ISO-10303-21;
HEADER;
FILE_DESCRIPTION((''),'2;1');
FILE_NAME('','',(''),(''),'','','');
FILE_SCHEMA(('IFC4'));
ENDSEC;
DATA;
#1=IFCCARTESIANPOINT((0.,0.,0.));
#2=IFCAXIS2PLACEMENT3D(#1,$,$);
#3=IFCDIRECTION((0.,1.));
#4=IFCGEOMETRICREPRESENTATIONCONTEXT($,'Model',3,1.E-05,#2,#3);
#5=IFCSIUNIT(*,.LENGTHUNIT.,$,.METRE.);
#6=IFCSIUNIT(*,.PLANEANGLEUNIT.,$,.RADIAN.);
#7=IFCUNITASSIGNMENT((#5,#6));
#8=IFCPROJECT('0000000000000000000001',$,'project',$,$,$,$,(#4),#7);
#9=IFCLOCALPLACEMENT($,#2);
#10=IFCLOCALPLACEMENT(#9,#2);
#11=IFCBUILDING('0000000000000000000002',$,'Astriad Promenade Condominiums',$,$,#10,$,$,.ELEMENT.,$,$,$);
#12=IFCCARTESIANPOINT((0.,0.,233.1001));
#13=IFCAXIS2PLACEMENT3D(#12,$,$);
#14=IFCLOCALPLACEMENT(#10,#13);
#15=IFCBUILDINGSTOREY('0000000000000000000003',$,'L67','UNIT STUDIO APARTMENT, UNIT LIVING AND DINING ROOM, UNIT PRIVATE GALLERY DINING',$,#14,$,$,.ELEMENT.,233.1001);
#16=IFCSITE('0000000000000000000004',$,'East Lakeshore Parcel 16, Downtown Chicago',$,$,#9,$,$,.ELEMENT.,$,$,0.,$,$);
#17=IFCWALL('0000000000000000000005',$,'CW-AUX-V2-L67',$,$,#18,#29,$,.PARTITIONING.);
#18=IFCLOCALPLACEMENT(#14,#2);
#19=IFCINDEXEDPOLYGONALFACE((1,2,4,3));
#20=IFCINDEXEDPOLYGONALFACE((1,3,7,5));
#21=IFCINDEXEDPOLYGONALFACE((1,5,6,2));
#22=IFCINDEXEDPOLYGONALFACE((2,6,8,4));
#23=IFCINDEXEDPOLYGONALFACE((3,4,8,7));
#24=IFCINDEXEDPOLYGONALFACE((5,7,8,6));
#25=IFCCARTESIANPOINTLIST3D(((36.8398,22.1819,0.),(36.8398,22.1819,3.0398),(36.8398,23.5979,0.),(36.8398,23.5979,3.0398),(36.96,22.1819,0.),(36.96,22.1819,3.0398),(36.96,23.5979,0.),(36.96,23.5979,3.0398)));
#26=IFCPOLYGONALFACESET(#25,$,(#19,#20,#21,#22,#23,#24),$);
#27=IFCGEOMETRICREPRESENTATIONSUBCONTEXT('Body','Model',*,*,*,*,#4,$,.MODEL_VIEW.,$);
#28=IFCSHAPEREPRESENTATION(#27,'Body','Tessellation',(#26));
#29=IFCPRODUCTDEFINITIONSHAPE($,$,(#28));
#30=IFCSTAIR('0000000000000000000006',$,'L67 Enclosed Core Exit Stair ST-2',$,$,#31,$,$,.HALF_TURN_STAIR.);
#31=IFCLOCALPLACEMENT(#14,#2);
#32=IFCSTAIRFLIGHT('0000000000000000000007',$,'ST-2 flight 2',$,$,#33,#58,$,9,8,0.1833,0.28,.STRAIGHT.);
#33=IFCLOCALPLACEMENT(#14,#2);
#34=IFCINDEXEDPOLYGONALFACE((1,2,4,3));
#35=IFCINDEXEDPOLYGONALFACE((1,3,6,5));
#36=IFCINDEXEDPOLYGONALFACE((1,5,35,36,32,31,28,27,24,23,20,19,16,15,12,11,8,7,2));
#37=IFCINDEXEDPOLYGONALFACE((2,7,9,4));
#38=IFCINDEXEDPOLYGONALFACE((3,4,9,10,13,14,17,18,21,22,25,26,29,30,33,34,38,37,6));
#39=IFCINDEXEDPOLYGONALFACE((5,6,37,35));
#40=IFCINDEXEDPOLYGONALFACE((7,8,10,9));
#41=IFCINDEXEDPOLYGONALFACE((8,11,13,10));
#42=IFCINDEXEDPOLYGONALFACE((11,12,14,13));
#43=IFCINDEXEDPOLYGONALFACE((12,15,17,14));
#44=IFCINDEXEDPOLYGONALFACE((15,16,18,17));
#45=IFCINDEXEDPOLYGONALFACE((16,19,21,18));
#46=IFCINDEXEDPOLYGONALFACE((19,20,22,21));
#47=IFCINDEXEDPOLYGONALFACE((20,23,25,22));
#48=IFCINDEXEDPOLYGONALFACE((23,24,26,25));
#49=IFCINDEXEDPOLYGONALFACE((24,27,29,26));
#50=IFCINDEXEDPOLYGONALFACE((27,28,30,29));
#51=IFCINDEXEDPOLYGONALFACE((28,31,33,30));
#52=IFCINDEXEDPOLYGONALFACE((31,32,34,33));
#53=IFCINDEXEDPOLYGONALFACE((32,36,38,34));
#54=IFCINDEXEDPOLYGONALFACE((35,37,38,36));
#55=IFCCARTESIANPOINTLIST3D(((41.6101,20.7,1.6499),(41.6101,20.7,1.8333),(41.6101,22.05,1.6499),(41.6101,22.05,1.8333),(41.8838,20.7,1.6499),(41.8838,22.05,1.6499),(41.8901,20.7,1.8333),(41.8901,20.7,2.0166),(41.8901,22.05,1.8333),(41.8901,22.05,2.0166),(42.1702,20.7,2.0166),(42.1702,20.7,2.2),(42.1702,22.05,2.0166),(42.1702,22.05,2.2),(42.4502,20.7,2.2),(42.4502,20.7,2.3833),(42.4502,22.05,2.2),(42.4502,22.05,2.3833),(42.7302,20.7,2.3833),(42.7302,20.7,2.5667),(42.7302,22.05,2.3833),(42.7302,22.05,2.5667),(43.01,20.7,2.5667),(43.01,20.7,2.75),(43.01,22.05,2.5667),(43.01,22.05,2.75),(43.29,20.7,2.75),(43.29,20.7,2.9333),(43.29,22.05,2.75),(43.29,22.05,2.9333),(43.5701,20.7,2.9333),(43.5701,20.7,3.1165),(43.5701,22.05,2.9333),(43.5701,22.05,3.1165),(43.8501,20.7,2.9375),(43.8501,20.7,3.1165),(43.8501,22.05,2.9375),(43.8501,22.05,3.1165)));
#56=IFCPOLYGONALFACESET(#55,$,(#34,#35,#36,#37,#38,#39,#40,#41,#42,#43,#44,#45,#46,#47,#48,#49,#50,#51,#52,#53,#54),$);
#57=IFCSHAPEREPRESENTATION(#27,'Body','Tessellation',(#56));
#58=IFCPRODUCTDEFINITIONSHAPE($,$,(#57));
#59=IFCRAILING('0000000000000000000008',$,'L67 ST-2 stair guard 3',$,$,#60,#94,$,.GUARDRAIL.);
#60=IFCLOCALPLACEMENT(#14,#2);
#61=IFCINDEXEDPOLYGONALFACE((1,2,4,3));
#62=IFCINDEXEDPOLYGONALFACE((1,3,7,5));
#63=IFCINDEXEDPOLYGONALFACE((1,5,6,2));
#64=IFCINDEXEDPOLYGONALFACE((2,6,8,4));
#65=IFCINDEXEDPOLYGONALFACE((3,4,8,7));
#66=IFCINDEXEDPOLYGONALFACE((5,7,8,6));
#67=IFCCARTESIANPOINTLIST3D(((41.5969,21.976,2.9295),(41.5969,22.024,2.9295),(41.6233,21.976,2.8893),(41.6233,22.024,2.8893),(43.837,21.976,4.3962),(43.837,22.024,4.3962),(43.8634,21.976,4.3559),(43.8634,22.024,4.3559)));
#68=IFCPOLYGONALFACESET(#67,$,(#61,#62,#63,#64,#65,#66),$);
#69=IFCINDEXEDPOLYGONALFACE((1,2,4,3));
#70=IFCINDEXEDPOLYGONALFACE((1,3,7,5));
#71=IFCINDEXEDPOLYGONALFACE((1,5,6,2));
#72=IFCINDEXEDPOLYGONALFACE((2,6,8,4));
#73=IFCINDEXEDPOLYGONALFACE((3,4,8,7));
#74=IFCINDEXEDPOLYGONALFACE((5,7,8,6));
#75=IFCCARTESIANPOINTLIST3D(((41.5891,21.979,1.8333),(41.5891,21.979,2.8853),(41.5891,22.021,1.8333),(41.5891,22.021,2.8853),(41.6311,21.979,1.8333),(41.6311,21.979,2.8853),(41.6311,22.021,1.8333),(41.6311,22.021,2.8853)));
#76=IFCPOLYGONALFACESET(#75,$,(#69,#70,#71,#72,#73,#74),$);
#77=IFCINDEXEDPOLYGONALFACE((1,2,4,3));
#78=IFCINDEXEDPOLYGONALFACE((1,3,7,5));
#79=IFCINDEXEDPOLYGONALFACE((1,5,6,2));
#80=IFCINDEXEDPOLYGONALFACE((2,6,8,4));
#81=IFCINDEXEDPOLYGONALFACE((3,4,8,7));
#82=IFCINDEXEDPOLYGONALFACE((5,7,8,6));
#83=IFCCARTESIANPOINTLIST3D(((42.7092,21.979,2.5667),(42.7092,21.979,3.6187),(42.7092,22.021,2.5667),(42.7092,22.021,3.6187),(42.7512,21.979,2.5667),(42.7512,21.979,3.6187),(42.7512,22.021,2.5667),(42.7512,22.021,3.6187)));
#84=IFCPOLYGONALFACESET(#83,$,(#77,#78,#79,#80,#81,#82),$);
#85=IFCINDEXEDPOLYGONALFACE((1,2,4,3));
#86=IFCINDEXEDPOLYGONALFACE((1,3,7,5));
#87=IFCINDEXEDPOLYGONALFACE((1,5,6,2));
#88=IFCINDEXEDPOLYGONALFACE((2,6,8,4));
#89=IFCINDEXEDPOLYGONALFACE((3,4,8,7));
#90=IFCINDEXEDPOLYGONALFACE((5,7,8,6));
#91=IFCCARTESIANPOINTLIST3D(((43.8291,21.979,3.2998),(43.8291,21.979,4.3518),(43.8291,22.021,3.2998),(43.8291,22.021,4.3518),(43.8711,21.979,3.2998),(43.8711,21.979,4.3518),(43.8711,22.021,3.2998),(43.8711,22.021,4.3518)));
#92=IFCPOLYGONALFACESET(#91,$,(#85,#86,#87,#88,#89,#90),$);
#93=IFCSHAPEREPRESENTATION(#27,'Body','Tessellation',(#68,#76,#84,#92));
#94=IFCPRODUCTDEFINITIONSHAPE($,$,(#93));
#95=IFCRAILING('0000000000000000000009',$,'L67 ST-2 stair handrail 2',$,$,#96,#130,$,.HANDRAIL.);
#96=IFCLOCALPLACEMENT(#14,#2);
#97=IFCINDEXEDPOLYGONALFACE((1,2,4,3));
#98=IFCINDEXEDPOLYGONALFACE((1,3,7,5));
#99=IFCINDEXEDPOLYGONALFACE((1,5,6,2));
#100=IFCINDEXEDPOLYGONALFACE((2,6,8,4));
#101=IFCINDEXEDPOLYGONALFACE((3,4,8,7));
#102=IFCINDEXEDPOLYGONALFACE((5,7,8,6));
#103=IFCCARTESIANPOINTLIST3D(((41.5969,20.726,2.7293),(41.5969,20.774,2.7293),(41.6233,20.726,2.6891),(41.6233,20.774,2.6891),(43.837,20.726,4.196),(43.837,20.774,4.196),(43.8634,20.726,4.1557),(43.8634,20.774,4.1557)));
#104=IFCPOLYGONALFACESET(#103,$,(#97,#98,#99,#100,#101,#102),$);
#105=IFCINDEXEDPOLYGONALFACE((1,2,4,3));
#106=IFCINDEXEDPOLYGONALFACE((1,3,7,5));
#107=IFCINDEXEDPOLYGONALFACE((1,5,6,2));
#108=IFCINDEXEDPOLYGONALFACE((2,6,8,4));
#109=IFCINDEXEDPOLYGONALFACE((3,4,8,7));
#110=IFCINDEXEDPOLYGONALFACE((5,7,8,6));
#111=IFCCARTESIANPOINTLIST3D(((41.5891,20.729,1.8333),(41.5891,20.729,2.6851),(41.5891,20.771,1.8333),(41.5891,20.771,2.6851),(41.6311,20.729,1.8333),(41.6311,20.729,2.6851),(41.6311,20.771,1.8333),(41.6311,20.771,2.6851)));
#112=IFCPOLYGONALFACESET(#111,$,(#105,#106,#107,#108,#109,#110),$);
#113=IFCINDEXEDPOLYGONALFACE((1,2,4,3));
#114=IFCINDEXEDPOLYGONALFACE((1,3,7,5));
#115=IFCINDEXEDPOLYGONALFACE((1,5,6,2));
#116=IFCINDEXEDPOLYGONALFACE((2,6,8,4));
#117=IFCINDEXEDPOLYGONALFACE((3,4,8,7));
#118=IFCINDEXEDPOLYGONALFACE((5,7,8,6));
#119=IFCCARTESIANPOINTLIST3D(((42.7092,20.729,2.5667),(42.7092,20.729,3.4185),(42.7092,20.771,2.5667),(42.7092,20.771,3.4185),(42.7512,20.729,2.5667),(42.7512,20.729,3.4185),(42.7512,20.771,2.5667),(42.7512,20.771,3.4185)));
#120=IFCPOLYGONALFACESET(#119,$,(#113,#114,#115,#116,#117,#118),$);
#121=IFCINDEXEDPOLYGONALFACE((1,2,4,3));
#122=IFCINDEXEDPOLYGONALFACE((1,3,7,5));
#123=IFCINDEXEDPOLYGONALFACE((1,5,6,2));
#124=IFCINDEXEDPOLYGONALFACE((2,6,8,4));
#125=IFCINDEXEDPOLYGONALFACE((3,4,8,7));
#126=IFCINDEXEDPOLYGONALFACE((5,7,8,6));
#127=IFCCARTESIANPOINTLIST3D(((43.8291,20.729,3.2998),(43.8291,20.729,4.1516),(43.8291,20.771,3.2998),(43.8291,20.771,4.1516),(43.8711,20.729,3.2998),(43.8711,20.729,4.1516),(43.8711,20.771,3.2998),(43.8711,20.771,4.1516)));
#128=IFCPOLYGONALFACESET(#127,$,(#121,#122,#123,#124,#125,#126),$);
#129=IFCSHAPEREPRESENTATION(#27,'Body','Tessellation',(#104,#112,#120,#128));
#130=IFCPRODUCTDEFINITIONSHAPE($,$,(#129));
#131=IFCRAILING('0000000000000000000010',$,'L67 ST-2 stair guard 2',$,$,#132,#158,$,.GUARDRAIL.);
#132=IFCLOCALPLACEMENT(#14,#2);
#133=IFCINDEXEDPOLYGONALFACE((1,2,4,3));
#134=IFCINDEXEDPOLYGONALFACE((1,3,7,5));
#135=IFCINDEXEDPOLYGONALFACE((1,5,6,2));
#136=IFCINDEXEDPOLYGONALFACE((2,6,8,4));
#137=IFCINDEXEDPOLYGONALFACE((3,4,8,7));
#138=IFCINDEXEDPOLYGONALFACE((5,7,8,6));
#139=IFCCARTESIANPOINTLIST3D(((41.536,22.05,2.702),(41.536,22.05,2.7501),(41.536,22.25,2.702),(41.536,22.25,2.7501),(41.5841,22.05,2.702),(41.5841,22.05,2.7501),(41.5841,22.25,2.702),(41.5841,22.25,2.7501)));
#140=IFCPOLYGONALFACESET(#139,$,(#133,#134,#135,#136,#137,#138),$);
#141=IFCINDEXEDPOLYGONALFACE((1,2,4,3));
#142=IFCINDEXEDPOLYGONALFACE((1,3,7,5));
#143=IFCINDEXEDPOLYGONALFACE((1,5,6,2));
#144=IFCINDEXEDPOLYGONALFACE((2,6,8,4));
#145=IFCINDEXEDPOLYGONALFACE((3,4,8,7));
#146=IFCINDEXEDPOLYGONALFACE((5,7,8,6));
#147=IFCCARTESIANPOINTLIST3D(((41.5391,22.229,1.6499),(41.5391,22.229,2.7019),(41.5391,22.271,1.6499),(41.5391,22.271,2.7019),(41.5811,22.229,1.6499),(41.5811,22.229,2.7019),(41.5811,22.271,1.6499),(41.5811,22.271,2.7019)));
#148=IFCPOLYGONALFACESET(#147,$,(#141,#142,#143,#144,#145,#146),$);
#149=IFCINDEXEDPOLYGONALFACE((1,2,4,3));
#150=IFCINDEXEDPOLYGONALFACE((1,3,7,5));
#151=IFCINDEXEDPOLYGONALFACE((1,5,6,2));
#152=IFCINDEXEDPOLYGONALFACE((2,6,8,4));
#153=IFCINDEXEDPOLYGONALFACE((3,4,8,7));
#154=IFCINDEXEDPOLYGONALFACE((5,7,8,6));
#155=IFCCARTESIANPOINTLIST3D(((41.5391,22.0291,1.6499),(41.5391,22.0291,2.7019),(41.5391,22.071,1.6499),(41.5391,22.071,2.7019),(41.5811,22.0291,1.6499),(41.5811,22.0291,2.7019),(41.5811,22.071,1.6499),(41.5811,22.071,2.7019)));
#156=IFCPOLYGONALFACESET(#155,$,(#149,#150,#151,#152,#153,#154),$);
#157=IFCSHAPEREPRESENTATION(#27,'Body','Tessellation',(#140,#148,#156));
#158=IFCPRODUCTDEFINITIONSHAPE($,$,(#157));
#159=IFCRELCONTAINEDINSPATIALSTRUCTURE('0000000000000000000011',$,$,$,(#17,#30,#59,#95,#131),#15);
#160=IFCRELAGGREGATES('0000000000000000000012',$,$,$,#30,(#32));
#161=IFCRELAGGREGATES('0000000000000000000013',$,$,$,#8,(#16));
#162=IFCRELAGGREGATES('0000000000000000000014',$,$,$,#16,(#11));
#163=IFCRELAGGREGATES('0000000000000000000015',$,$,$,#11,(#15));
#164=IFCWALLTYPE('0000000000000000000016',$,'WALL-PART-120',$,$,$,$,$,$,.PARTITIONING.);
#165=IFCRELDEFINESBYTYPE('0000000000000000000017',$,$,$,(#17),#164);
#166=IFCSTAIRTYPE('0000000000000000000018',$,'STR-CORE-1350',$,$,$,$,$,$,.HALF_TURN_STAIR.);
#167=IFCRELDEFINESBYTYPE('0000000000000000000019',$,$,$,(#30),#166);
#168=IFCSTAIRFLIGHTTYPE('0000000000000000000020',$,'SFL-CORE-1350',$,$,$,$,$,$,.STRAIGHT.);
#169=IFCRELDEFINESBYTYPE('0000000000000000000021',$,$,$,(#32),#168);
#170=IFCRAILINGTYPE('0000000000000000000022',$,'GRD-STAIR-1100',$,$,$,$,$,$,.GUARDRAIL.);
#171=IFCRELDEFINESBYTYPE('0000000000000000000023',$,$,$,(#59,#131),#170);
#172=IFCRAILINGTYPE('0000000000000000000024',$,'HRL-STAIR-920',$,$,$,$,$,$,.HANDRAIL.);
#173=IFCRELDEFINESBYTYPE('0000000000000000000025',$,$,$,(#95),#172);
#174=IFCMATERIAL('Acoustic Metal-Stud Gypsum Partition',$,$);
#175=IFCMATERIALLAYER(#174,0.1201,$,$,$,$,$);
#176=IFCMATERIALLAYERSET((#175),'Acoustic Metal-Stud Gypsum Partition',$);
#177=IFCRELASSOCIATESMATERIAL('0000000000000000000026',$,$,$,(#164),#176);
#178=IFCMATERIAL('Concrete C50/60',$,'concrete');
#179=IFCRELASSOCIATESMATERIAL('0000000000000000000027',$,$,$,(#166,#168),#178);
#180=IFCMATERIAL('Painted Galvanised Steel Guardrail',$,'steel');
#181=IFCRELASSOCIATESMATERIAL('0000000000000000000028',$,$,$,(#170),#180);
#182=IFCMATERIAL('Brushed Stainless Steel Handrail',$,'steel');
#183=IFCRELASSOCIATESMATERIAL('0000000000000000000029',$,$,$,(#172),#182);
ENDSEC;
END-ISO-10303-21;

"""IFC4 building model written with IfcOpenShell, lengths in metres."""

from ifc_helpers import new_model, si_unit, direction, frame, frame_2d, origin, origin_2d, place, context, subcontext, project, spatial, polyline, rectangle, outline, extrude, source, transform, mapped, material, layer, layer_set, type_object, type_shapes, element, aggregate, save


model = new_model("IFC4")

# Units and contexts
model_context = context("Model", 3, precision=1e-05, world=origin(), true_north=direction((0.0, 1.0)))
body_context = subcontext(model_context, "Body", "Model", "MODEL_VIEW")
ifc_project = project(units=[si_unit("LENGTHUNIT", "METRE"), si_unit("PLANEANGLEUNIT", "RADIAN")], contexts=[model_context])

# Site, building, storey
site_placement = place(None, origin())
site = spatial("IfcSite", under=ifc_project, at=site_placement, Name="East Lakeshore Parcel 16, Downtown Chicago", CompositionType="ELEMENT", RefElevation=0.0)
building_placement = place(site_placement, origin())
building = spatial("IfcBuilding", under=site, at=building_placement, Name="Astriad Promenade Condominiums", CompositionType="ELEMENT")
storey_placement = place(building_placement, frame((0.0, 0.0, 233.1001)))
storey = spatial("IfcBuildingStorey", under=building, at=storey_placement, Name="L67", Description="UNIT STUDIO APARTMENT, UNIT LIVING AND DINING ROOM, UNIT PRIVATE GALLERY DINING", CompositionType="ELEMENT", Elevation=233.1001)

# Shared definitions
ifc_material_1 = material(Name="Concrete C50/60", Category="concrete")

# Wall
ifc_material_2 = material(Name="Acoustic Metal-Stud Gypsum Partition")
ifc_layer_1 = layer(ifc_material_2, 0.1201)
ifc_layer_set_1 = layer_set([ifc_layer_1], Name="Acoustic Metal-Stud Gypsum Partition")
wall_type_1 = type_object("IfcWallType", Name="WALL-PART-120", PredefinedType="PARTITIONING", material=ifc_layer_set_1)
wall_1_placement = place(storey_placement, frame((36.8999, 22.1819, 0.0), z_axis=(0.0, 0.0, 1.0), x_axis=(0.0, 1.0, 0.0)))
element("IfcWall", 1, at=wall_1_placement, inside=storey, type_object=wall_type_1, Name="CW-AUX-V2-L67", PredefinedType="PARTITIONING", context=body_context, shape_type="SweptSolid", body=[
    extrude(rectangle(XDim=1.416, YDim=0.1201, at=frame_2d((0.708, 0.0))), origin(), (0.0, 0.0, 1.0), 3.0398),
])

# Stair, stair flight
stair_type = type_object("IfcStairType", Name="STR-CORE-1350", PredefinedType="HALF_TURN_STAIR", material=ifc_material_1)
stair_placement = place(storey_placement, origin())
stair = element("IfcStair", 2, at=stair_placement, inside=storey, type_object=stair_type, Name="L67 Enclosed Core Exit Stair ST-2", PredefinedType="HALF_TURN_STAIR")
stair_flight_type = type_object("IfcStairFlightType", Name="SFL-CORE-1350", PredefinedType="STRAIGHT", material=ifc_material_1)
shared_shape_1 = source(origin(), body_context, "Body", "SweptSolid", [
    extrude(outline(polyline([(0.0, 0.0), (0.0, 0.1833), (0.28, 0.1833), (0.28, 0.3667), (0.5601, 0.3667), (0.5601, 0.55), (0.8401, 0.55), (0.8401, 0.7334), (1.1201, 0.7334), (1.1201, 0.9167), (1.3999, 0.9167), (1.3999, 1.1001), (1.6799, 1.1001), (1.6799, 1.2834), (1.96, 1.2834), (1.96, 1.4666), (2.24, 1.4666), (2.24, 1.6499), (2.24, 1.2876), (0.2737, 0.0), (0.0, 0.0)])), frame((0.0, 0.675, 0.0), z_axis=(0.0, -1.0, 0.0), x_axis=(1.0, 0.0, 0.0)), (0.0, 0.0, 1.0), 1.3501),
])
type_shapes(stair_flight_type, [shared_shape_1])
stair_flight_placement = place(storey_placement, frame((41.6101, 21.375, 1.6499), z_axis=(0.0, 0.0, 1.0), x_axis=(1.0, 0.0, 0.0)))
stair_flight = element("IfcStairFlight", 3, at=stair_flight_placement, type_object=stair_flight_type, Name="ST-2 flight 2", NumberOfRisers=9, NumberOfTreads=8, PredefinedType="STRAIGHT", RiserHeight=0.1833, TreadLength=0.28, context=body_context, shape_type="MappedRepresentation", body=[
    mapped(shared_shape_1, transform((0.0, 0.0, 0.0), scale=1.0)),
])
aggregate(stair, [stair_flight])

# Railings
ifc_material_3 = material(Name="Painted Galvanised Steel Guardrail", Category="steel")
railing_type_1 = type_object("IfcRailingType", Name="GRD-STAIR-1100", PredefinedType="GUARDRAIL", material=ifc_material_3)
shared_shape_2 = source(origin(), body_context, "Body", "SweptSolid", [
    extrude(rectangle(XDim=0.0481, YDim=0.0481, at=origin_2d()), frame((0.0, 0.0, 1.0762), z_axis=(0.836637, 0.0, 0.547758), x_axis=(0.0, 1.0, 0.0)), (0.0, 0.0, 1.0), 2.6775),
    extrude(rectangle(XDim=0.042, YDim=0.042, at=origin_2d()), origin(), (0.0, 0.0, 1.0), 1.052),
    extrude(rectangle(XDim=0.042, YDim=0.042, at=origin_2d()), frame((1.1201, 0.0, 0.7334)), (0.0, 0.0, 1.0), 1.052),
    extrude(rectangle(XDim=0.042, YDim=0.042, at=origin_2d()), frame((2.24, 0.0, 1.4666)), (0.0, 0.0, 1.0), 1.052),
])
railing_1_placement = place(storey_placement, frame((41.6101, 22.0, 1.8333)))
element("IfcRailing", 4, at=railing_1_placement, inside=storey, type_object=railing_type_1, Name="L67 ST-2 stair guard 3", PredefinedType="GUARDRAIL", context=body_context, shape_type="MappedRepresentation", body=[
    mapped(shared_shape_2, transform((0.0, 0.0, 0.0), scale=1.0)),
])
ifc_material_4 = material(Name="Brushed Stainless Steel Handrail", Category="steel")
railing_type_2 = type_object("IfcRailingType", Name="HRL-STAIR-920", PredefinedType="HANDRAIL", material=ifc_material_4)
shared_shape_3 = source(origin(), body_context, "Body", "SweptSolid", [
    extrude(rectangle(XDim=0.0481, YDim=0.0481, at=origin_2d()), frame((0.0, 0.0, 0.876), z_axis=(0.836637, 0.0, 0.547758), x_axis=(0.0, 1.0, 0.0)), (0.0, 0.0, 1.0), 2.6775),
    extrude(rectangle(XDim=0.042, YDim=0.042, at=origin_2d()), origin(), (0.0, 0.0, 1.0), 0.8518),
    extrude(rectangle(XDim=0.042, YDim=0.042, at=origin_2d()), frame((1.1201, 0.0, 0.7334)), (0.0, 0.0, 1.0), 0.8518),
    extrude(rectangle(XDim=0.042, YDim=0.042, at=origin_2d()), frame((2.24, 0.0, 1.4666)), (0.0, 0.0, 1.0), 0.8518),
])
type_shapes(railing_type_2, [shared_shape_3])
railing_2_placement = place(storey_placement, frame((41.6101, 20.75, 1.8333)))
element("IfcRailing", 5, at=railing_2_placement, inside=storey, type_object=railing_type_2, Name="L67 ST-2 stair handrail 2", PredefinedType="HANDRAIL", context=body_context, shape_type="MappedRepresentation", body=[
    mapped(shared_shape_3, transform((0.0, 0.0, 0.0), scale=1.0)),
])
shared_shape_4 = source(origin(), body_context, "Body", "SweptSolid", [
    extrude(rectangle(XDim=0.0481, YDim=0.0481, at=origin_2d()), frame((0.0, 0.0, 1.0762), z_axis=(0.0, -1.0, 0.0), x_axis=(1.0, 0.0, 0.0)), (0.0, 0.0, 1.0), 0.2),
    extrude(rectangle(XDim=0.042, YDim=0.042, at=origin_2d()), origin(), (0.0, 0.0, 1.0), 1.052),
    extrude(rectangle(XDim=0.042, YDim=0.042, at=origin_2d()), frame((0.0, -0.2, 0.0)), (0.0, 0.0, 1.0), 1.052),
])
type_shapes(railing_type_1, [shared_shape_2, shared_shape_4])
railing_3_placement = place(storey_placement, frame((41.5601, 22.25, 1.6499)))
element("IfcRailing", 6, at=railing_3_placement, inside=storey, type_object=railing_type_1, Name="L67 ST-2 stair guard 2", PredefinedType="GUARDRAIL", context=body_context, shape_type="MappedRepresentation", body=[
    mapped(shared_shape_4, transform((0.0, 0.0, 0.0), scale=1.0)),
])

save(model, "model.ifc")
